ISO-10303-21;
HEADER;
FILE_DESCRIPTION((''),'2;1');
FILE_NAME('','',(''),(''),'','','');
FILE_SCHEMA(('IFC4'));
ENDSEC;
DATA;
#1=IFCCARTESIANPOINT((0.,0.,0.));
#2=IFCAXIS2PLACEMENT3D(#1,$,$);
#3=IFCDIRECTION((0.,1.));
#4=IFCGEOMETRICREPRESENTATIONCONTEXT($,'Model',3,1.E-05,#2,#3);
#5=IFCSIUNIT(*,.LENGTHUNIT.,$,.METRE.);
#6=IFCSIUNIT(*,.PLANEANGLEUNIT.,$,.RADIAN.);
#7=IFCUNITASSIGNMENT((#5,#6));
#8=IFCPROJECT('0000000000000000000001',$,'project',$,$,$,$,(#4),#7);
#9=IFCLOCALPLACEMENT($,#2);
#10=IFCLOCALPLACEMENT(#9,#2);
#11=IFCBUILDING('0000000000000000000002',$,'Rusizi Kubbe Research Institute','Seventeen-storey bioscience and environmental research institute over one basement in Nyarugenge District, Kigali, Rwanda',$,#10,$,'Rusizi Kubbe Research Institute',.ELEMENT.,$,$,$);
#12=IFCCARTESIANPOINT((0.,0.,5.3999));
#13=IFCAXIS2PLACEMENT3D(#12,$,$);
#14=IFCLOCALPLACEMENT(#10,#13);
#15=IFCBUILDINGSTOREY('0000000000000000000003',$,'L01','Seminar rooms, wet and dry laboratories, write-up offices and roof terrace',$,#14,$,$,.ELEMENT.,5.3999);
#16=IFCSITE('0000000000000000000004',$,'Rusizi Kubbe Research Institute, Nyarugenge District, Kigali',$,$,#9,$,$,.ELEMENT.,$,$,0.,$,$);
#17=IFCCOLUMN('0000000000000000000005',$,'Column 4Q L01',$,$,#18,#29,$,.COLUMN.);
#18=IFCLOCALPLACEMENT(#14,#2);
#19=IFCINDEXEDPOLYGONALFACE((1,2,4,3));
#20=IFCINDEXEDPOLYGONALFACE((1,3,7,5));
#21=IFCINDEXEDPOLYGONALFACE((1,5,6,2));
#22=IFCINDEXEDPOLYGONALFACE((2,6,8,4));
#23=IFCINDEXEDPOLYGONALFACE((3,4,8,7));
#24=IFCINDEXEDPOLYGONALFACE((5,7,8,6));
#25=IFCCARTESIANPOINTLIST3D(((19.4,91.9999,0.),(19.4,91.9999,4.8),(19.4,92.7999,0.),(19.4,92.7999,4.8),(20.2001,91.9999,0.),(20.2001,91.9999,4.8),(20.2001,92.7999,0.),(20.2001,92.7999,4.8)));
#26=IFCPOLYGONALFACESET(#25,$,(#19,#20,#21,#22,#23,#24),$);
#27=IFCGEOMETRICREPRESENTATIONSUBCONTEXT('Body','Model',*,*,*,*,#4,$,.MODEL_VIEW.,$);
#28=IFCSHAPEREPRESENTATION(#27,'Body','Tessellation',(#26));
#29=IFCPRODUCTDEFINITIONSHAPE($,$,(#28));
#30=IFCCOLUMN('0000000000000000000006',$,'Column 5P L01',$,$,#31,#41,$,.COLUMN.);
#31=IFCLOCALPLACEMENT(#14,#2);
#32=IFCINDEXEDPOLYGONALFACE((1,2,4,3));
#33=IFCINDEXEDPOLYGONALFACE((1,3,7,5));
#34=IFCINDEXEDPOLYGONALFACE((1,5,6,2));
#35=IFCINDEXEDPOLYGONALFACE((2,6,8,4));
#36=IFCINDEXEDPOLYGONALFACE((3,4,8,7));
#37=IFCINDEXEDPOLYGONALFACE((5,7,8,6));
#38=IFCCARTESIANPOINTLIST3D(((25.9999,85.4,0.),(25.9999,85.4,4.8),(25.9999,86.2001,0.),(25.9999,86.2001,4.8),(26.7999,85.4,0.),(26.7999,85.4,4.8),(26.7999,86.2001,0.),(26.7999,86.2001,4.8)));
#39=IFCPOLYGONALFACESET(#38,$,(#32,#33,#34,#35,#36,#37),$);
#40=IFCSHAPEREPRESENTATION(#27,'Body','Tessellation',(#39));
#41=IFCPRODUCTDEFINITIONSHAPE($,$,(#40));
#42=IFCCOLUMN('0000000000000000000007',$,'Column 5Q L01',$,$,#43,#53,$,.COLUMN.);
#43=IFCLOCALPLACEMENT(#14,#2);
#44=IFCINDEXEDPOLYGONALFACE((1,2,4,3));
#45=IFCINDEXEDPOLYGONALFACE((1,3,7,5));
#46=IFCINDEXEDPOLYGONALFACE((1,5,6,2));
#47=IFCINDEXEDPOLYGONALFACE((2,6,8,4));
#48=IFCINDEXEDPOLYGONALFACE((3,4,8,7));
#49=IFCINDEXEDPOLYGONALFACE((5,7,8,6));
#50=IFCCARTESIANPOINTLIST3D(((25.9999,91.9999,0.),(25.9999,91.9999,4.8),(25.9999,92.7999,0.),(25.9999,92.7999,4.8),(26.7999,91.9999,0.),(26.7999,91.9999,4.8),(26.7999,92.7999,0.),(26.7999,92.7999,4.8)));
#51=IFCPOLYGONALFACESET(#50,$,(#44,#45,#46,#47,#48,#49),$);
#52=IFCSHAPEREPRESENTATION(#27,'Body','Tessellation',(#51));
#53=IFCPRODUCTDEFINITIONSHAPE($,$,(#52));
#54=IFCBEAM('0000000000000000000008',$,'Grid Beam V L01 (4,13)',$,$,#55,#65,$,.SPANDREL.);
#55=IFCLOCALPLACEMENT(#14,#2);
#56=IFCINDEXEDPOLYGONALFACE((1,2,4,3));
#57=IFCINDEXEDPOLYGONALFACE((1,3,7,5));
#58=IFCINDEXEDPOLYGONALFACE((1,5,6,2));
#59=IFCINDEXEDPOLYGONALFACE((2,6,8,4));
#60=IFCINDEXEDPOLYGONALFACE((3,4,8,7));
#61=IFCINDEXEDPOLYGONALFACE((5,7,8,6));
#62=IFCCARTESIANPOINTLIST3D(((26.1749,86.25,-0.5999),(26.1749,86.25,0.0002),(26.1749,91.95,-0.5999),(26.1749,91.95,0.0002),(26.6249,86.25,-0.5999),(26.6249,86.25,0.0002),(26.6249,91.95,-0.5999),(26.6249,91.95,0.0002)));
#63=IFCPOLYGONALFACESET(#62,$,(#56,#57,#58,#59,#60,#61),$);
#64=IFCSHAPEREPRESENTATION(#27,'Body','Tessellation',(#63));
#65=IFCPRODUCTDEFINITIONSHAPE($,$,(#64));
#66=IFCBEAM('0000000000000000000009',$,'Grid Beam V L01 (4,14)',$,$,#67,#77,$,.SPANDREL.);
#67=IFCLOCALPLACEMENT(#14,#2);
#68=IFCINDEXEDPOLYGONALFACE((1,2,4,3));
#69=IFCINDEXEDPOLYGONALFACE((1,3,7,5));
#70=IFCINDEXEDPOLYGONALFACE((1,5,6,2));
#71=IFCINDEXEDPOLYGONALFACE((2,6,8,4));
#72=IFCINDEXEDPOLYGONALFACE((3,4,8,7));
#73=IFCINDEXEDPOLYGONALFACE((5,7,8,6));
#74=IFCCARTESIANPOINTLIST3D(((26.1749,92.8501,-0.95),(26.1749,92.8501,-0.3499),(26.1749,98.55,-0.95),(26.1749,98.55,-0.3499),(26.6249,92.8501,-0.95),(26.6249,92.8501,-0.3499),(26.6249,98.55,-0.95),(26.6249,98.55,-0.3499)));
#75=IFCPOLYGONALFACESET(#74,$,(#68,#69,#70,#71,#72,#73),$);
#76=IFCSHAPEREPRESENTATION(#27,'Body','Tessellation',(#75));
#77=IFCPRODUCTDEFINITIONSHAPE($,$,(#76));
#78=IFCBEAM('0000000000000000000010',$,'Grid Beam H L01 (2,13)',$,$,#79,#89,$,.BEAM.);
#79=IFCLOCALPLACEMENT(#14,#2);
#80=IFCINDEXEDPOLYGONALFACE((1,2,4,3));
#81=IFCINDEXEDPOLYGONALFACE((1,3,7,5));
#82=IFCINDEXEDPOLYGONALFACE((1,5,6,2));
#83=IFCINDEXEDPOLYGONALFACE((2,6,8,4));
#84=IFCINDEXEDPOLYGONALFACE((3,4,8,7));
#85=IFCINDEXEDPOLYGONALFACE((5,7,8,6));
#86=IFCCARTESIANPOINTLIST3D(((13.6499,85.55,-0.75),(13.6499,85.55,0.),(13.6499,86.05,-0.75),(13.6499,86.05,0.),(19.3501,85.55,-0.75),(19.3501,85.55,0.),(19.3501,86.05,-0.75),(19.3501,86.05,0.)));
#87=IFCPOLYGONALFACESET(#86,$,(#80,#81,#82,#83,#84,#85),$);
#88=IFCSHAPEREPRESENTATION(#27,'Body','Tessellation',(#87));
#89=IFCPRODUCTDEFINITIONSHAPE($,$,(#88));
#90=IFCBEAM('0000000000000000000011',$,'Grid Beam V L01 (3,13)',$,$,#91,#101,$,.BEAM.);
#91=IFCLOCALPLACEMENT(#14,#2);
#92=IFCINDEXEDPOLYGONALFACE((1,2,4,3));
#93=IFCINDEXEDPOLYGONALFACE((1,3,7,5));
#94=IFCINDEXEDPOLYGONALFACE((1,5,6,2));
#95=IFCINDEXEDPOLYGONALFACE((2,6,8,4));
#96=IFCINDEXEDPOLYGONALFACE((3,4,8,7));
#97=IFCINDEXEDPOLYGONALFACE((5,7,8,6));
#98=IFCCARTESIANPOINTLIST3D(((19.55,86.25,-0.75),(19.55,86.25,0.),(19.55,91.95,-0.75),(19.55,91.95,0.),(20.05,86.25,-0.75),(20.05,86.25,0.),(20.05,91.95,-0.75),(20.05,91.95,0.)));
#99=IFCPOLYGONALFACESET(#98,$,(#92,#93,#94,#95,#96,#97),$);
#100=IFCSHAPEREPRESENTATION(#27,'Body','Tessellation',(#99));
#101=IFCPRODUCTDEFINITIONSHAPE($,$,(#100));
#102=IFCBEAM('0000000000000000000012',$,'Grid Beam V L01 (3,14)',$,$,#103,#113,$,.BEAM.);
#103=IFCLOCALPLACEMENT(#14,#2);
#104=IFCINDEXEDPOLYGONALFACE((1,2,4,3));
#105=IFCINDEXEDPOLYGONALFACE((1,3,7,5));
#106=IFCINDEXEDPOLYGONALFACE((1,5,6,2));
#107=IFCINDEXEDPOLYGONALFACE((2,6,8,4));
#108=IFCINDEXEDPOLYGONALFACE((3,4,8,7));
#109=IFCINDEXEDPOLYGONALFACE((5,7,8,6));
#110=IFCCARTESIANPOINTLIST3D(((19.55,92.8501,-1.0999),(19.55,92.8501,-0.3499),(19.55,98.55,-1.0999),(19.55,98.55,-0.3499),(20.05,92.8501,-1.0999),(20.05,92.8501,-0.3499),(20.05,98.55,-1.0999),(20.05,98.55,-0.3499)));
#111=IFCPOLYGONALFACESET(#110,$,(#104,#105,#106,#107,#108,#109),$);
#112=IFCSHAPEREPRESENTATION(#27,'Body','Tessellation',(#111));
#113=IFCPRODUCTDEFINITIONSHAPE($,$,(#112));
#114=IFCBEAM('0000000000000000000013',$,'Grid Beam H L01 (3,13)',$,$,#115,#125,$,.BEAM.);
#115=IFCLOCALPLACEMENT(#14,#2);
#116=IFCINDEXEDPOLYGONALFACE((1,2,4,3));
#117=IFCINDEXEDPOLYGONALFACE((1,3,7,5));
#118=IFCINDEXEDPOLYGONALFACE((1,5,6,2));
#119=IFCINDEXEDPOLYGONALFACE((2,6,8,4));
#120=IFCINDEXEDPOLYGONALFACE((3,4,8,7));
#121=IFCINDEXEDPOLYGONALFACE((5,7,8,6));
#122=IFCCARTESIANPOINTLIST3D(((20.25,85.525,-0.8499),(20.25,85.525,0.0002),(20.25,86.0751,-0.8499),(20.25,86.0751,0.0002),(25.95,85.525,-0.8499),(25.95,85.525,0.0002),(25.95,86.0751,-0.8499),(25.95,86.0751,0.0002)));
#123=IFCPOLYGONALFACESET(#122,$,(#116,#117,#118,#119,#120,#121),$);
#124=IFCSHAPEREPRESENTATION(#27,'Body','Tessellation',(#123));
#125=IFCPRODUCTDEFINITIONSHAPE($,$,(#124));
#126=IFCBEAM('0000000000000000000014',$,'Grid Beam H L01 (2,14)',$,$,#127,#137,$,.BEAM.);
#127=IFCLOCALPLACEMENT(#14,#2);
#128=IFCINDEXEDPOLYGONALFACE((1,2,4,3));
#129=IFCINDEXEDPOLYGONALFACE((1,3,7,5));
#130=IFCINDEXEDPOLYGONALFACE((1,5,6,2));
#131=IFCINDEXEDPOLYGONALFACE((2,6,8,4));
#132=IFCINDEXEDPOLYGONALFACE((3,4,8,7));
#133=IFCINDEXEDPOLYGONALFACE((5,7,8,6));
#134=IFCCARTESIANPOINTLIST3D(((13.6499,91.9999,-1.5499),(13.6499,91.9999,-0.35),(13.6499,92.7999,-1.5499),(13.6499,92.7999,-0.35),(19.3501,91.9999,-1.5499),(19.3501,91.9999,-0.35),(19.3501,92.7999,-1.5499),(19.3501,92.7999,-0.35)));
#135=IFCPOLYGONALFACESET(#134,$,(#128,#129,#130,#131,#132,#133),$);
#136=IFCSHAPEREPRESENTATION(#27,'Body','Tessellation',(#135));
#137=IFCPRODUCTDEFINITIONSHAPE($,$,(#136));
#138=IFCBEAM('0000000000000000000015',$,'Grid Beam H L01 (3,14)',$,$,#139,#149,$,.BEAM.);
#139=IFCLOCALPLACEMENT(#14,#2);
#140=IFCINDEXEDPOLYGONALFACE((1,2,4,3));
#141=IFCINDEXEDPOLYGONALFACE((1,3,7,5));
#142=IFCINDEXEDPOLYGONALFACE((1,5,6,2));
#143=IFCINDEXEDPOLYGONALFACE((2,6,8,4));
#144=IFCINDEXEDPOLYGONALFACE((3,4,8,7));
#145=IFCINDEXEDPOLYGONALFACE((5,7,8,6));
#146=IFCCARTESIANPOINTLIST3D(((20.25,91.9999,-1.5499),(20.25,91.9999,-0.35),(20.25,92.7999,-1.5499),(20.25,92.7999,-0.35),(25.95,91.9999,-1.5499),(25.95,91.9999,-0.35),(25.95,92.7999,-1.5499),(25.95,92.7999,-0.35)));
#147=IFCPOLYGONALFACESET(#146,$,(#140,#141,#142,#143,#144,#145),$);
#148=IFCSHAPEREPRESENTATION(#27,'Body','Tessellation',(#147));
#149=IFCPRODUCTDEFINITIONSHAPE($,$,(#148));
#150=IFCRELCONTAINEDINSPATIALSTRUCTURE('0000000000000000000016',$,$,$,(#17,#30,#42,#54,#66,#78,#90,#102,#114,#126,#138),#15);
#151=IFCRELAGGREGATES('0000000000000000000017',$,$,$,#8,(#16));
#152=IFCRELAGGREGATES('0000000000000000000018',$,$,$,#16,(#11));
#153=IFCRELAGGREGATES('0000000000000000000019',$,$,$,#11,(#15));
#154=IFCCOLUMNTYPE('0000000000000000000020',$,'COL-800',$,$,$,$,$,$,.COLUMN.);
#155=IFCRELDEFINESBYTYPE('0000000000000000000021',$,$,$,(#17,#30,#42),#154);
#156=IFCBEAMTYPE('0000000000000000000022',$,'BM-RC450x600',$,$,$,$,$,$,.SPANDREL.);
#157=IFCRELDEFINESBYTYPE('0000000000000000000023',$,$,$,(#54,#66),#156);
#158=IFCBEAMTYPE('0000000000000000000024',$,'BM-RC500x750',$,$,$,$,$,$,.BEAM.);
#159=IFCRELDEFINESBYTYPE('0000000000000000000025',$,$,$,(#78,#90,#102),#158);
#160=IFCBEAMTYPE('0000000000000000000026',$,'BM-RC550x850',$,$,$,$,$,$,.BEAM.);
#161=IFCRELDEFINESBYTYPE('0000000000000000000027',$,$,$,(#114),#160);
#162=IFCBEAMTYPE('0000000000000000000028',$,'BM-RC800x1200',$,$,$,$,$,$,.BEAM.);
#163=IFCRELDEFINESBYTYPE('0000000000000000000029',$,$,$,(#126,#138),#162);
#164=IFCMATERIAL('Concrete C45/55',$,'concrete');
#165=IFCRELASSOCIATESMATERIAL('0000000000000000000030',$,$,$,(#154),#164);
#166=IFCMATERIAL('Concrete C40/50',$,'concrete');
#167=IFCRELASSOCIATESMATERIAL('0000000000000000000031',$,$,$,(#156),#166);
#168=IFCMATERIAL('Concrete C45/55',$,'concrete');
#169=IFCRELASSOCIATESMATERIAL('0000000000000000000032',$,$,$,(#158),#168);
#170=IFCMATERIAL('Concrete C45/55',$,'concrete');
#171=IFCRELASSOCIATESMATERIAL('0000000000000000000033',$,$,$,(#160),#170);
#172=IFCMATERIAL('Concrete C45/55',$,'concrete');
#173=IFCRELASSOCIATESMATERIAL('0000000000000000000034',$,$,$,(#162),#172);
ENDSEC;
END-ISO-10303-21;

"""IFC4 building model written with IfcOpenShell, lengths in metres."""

from ifc_helpers import new_model, si_unit, direction, frame, origin, origin_2d, place, context, subcontext, project, spatial, rectangle, extrude, material, material_profile, profile_set, type_object, element, save


model = new_model("IFC4")

# Units and contexts
model_context = context("Model", 3, precision=1e-05, world=origin(), true_north=direction((0.0, 1.0)))
body_context = subcontext(model_context, "Body", "Model", "MODEL_VIEW")
ifc_project = project(units=[si_unit("LENGTHUNIT", "METRE"), si_unit("PLANEANGLEUNIT", "RADIAN")], contexts=[model_context])

# Site, building, storey
site_placement = place(None, origin())
site = spatial("IfcSite", under=ifc_project, at=site_placement, Name="Rusizi Kubbe Research Institute, Nyarugenge District, Kigali", CompositionType="ELEMENT", RefElevation=0.0)
building_placement = place(site_placement, origin())
building = spatial("IfcBuilding", under=site, at=building_placement, Name="Rusizi Kubbe Research Institute", Description="Seventeen-storey bioscience and environmental research institute over one basement in Nyarugenge District, Kigali, Rwanda", LongName="Rusizi Kubbe Research Institute", CompositionType="ELEMENT")
storey_placement = place(building_placement, frame((0.0, 0.0, 5.3999)))
storey = spatial("IfcBuildingStorey", under=building, at=storey_placement, Name="L01", Description="Seminar rooms, wet and dry laboratories, write-up offices and roof terrace", CompositionType="ELEMENT", Elevation=5.3999)

# Columns
ifc_material_1 = material(Name="Concrete C45/55", Category="concrete")
ifc_material_profile_1 = material_profile(ifc_material_1, rectangle(XDim=0.8, YDim=0.8, at=origin_2d()), Name="RC800x800")
ifc_profile_set_1 = profile_set([ifc_material_profile_1], Name="Concrete C45/55")
column_type = type_object("IfcColumnType", Name="COL-800", PredefinedType="COLUMN", material=ifc_profile_set_1)
for number, where, z_axis, x_axis, name in (
    (1, (19.8, 92.3999, 0.0), (0.0, 0.0, 1.0), (1.0, 0.0, 0.0), "Column 4Q L01"),
    (2, (26.3999, 85.8, 0.0), (0.0, 0.0, 1.0), (1.0, 0.0, 0.0), "Column 5P L01"),
    (3, (26.3999, 92.3999, 0.0), (0.0, 0.0, 1.0), (1.0, 0.0, 0.0), "Column 5Q L01"),
):
    element("IfcColumn", number, at=place(storey_placement, frame(where, z_axis=z_axis, x_axis=x_axis)), inside=storey, type_object=column_type, Name=name, PredefinedType="COLUMN", context=body_context, shape_type="SweptSolid", body=[
        extrude(rectangle(XDim=0.8, YDim=0.8, at=origin_2d()), origin(), (0.0, 0.0, 1.0), 4.8),
    ])

# Beams
ifc_material_2 = material(Name="Concrete C40/50", Category="concrete")
ifc_material_profile_2 = material_profile(ifc_material_2, rectangle(XDim=0.45, YDim=0.6001, at=origin_2d()), Name="RC450x600")
ifc_profile_set_2 = profile_set([ifc_material_profile_2], Name="Concrete C40/50")
beam_type_1 = type_object("IfcBeamType", Name="BM-RC450x600", PredefinedType="SPANDREL", material=ifc_profile_set_2)
for number, where, z_axis, x_axis, name in (
    (4, (26.3999, 86.25, -0.2998), (0.0, 1.0, 0.0), (-1.0, 0.0, 0.0), "Grid Beam V L01 (4,13)"),
    (5, (26.3999, 92.8501, -0.6499), (0.0, 1.0, 0.0), (-1.0, 0.0, 0.0), "Grid Beam V L01 (4,14)"),
):
    element("IfcBeam", number, at=place(storey_placement, frame(where, z_axis=z_axis, x_axis=x_axis)), inside=storey, type_object=beam_type_1, Name=name, PredefinedType="SPANDREL", context=body_context, shape_type="SweptSolid", body=[
        extrude(rectangle(XDim=0.45, YDim=0.6001, at=origin_2d()), origin(), (0.0, 0.0, 1.0), 5.7),
    ])
ifc_material_3 = material(Name="Concrete C45/55", Category="concrete")
ifc_material_profile_3 = material_profile(ifc_material_3, rectangle(XDim=0.5, YDim=0.75, at=origin_2d()), Name="RC500x750B")
ifc_profile_set_3 = profile_set([ifc_material_profile_3], Name="Concrete C45/55")
beam_type_2 = type_object("IfcBeamType", Name="BM-RC500x750", PredefinedType="BEAM", material=ifc_profile_set_3)
beam_1_placement = place(storey_placement, frame((13.6499, 85.8, -0.375), z_axis=(1.0, 0.0, 0.0), x_axis=(0.0, 1.0, 0.0)))
element("IfcBeam", 6, at=beam_1_placement, inside=storey, type_object=beam_type_2, Name="Grid Beam H L01 (2,13)", PredefinedType="BEAM", context=body_context, shape_type="SweptSolid", body=[
    extrude(rectangle(XDim=0.5, YDim=0.75, at=origin_2d()), origin(), (0.0, 0.0, 1.0), 5.7002),
])
for number, where, z_axis, x_axis, name in (
    (7, (19.8, 86.25, -0.375), (0.0, 1.0, 0.0), (-1.0, 0.0, 0.0), "Grid Beam V L01 (3,13)"),
    (8, (19.8, 92.8501, -0.7249), (0.0, 1.0, 0.0), (-1.0, 0.0, 0.0), "Grid Beam V L01 (3,14)"),
):
    element("IfcBeam", number, at=place(storey_placement, frame(where, z_axis=z_axis, x_axis=x_axis)), inside=storey, type_object=beam_type_2, Name=name, PredefinedType="BEAM", context=body_context, shape_type="SweptSolid", body=[
        extrude(rectangle(XDim=0.5, YDim=0.75, at=origin_2d()), origin(), (0.0, 0.0, 1.0), 5.7),
    ])
ifc_material_4 = material(Name="Concrete C45/55", Category="concrete")
ifc_material_profile_4 = material_profile(ifc_material_4, rectangle(XDim=0.55, YDim=0.8501, at=origin_2d()), Name="RC550x850")
ifc_profile_set_4 = profile_set([ifc_material_profile_4], Name="Concrete C45/55")
beam_type_3 = type_object("IfcBeamType", Name="BM-RC550x850", PredefinedType="BEAM", material=ifc_profile_set_4)
beam_2_placement = place(storey_placement, frame((20.25, 85.8, -0.4248), z_axis=(1.0, 0.0, 0.0), x_axis=(0.0, 1.0, 0.0)))
element("IfcBeam", 9, at=beam_2_placement, inside=storey, type_object=beam_type_3, Name="Grid Beam H L01 (3,13)", PredefinedType="BEAM", context=body_context, shape_type="SweptSolid", body=[
    extrude(rectangle(XDim=0.55, YDim=0.8501, at=origin_2d()), origin(), (0.0, 0.0, 1.0), 5.7),
])
ifc_material_5 = material(Name="Concrete C45/55", Category="concrete")
ifc_material_profile_5 = material_profile(ifc_material_5, rectangle(XDim=0.8, YDim=1.2, at=origin_2d()), Name="RC800x1200")
ifc_profile_set_5 = profile_set([ifc_material_profile_5], Name="Concrete C45/55")
beam_type_4 = type_object("IfcBeamType", Name="BM-RC800x1200", PredefinedType="BEAM", material=ifc_profile_set_5)
beam_3_placement = place(storey_placement, frame((13.6499, 92.3999, -0.95), z_axis=(1.0, 0.0, 0.0), x_axis=(0.0, 1.0, 0.0)))
element("IfcBeam", 10, at=beam_3_placement, inside=storey, type_object=beam_type_4, Name="Grid Beam H L01 (2,14)", PredefinedType="BEAM", context=body_context, shape_type="SweptSolid", body=[
    extrude(rectangle(XDim=0.8, YDim=1.2, at=origin_2d()), origin(), (0.0, 0.0, 1.0), 5.7002),
])
beam_4_placement = place(storey_placement, frame((20.25, 92.3999, -0.95), z_axis=(1.0, 0.0, 0.0), x_axis=(0.0, 1.0, 0.0)))
element("IfcBeam", 11, at=beam_4_placement, inside=storey, type_object=beam_type_4, Name="Grid Beam H L01 (3,14)", PredefinedType="BEAM", context=body_context, shape_type="SweptSolid", body=[
    extrude(rectangle(XDim=0.8, YDim=1.2, at=origin_2d()), origin(), (0.0, 0.0, 1.0), 5.7),
])

save(model, "model.ifc")
